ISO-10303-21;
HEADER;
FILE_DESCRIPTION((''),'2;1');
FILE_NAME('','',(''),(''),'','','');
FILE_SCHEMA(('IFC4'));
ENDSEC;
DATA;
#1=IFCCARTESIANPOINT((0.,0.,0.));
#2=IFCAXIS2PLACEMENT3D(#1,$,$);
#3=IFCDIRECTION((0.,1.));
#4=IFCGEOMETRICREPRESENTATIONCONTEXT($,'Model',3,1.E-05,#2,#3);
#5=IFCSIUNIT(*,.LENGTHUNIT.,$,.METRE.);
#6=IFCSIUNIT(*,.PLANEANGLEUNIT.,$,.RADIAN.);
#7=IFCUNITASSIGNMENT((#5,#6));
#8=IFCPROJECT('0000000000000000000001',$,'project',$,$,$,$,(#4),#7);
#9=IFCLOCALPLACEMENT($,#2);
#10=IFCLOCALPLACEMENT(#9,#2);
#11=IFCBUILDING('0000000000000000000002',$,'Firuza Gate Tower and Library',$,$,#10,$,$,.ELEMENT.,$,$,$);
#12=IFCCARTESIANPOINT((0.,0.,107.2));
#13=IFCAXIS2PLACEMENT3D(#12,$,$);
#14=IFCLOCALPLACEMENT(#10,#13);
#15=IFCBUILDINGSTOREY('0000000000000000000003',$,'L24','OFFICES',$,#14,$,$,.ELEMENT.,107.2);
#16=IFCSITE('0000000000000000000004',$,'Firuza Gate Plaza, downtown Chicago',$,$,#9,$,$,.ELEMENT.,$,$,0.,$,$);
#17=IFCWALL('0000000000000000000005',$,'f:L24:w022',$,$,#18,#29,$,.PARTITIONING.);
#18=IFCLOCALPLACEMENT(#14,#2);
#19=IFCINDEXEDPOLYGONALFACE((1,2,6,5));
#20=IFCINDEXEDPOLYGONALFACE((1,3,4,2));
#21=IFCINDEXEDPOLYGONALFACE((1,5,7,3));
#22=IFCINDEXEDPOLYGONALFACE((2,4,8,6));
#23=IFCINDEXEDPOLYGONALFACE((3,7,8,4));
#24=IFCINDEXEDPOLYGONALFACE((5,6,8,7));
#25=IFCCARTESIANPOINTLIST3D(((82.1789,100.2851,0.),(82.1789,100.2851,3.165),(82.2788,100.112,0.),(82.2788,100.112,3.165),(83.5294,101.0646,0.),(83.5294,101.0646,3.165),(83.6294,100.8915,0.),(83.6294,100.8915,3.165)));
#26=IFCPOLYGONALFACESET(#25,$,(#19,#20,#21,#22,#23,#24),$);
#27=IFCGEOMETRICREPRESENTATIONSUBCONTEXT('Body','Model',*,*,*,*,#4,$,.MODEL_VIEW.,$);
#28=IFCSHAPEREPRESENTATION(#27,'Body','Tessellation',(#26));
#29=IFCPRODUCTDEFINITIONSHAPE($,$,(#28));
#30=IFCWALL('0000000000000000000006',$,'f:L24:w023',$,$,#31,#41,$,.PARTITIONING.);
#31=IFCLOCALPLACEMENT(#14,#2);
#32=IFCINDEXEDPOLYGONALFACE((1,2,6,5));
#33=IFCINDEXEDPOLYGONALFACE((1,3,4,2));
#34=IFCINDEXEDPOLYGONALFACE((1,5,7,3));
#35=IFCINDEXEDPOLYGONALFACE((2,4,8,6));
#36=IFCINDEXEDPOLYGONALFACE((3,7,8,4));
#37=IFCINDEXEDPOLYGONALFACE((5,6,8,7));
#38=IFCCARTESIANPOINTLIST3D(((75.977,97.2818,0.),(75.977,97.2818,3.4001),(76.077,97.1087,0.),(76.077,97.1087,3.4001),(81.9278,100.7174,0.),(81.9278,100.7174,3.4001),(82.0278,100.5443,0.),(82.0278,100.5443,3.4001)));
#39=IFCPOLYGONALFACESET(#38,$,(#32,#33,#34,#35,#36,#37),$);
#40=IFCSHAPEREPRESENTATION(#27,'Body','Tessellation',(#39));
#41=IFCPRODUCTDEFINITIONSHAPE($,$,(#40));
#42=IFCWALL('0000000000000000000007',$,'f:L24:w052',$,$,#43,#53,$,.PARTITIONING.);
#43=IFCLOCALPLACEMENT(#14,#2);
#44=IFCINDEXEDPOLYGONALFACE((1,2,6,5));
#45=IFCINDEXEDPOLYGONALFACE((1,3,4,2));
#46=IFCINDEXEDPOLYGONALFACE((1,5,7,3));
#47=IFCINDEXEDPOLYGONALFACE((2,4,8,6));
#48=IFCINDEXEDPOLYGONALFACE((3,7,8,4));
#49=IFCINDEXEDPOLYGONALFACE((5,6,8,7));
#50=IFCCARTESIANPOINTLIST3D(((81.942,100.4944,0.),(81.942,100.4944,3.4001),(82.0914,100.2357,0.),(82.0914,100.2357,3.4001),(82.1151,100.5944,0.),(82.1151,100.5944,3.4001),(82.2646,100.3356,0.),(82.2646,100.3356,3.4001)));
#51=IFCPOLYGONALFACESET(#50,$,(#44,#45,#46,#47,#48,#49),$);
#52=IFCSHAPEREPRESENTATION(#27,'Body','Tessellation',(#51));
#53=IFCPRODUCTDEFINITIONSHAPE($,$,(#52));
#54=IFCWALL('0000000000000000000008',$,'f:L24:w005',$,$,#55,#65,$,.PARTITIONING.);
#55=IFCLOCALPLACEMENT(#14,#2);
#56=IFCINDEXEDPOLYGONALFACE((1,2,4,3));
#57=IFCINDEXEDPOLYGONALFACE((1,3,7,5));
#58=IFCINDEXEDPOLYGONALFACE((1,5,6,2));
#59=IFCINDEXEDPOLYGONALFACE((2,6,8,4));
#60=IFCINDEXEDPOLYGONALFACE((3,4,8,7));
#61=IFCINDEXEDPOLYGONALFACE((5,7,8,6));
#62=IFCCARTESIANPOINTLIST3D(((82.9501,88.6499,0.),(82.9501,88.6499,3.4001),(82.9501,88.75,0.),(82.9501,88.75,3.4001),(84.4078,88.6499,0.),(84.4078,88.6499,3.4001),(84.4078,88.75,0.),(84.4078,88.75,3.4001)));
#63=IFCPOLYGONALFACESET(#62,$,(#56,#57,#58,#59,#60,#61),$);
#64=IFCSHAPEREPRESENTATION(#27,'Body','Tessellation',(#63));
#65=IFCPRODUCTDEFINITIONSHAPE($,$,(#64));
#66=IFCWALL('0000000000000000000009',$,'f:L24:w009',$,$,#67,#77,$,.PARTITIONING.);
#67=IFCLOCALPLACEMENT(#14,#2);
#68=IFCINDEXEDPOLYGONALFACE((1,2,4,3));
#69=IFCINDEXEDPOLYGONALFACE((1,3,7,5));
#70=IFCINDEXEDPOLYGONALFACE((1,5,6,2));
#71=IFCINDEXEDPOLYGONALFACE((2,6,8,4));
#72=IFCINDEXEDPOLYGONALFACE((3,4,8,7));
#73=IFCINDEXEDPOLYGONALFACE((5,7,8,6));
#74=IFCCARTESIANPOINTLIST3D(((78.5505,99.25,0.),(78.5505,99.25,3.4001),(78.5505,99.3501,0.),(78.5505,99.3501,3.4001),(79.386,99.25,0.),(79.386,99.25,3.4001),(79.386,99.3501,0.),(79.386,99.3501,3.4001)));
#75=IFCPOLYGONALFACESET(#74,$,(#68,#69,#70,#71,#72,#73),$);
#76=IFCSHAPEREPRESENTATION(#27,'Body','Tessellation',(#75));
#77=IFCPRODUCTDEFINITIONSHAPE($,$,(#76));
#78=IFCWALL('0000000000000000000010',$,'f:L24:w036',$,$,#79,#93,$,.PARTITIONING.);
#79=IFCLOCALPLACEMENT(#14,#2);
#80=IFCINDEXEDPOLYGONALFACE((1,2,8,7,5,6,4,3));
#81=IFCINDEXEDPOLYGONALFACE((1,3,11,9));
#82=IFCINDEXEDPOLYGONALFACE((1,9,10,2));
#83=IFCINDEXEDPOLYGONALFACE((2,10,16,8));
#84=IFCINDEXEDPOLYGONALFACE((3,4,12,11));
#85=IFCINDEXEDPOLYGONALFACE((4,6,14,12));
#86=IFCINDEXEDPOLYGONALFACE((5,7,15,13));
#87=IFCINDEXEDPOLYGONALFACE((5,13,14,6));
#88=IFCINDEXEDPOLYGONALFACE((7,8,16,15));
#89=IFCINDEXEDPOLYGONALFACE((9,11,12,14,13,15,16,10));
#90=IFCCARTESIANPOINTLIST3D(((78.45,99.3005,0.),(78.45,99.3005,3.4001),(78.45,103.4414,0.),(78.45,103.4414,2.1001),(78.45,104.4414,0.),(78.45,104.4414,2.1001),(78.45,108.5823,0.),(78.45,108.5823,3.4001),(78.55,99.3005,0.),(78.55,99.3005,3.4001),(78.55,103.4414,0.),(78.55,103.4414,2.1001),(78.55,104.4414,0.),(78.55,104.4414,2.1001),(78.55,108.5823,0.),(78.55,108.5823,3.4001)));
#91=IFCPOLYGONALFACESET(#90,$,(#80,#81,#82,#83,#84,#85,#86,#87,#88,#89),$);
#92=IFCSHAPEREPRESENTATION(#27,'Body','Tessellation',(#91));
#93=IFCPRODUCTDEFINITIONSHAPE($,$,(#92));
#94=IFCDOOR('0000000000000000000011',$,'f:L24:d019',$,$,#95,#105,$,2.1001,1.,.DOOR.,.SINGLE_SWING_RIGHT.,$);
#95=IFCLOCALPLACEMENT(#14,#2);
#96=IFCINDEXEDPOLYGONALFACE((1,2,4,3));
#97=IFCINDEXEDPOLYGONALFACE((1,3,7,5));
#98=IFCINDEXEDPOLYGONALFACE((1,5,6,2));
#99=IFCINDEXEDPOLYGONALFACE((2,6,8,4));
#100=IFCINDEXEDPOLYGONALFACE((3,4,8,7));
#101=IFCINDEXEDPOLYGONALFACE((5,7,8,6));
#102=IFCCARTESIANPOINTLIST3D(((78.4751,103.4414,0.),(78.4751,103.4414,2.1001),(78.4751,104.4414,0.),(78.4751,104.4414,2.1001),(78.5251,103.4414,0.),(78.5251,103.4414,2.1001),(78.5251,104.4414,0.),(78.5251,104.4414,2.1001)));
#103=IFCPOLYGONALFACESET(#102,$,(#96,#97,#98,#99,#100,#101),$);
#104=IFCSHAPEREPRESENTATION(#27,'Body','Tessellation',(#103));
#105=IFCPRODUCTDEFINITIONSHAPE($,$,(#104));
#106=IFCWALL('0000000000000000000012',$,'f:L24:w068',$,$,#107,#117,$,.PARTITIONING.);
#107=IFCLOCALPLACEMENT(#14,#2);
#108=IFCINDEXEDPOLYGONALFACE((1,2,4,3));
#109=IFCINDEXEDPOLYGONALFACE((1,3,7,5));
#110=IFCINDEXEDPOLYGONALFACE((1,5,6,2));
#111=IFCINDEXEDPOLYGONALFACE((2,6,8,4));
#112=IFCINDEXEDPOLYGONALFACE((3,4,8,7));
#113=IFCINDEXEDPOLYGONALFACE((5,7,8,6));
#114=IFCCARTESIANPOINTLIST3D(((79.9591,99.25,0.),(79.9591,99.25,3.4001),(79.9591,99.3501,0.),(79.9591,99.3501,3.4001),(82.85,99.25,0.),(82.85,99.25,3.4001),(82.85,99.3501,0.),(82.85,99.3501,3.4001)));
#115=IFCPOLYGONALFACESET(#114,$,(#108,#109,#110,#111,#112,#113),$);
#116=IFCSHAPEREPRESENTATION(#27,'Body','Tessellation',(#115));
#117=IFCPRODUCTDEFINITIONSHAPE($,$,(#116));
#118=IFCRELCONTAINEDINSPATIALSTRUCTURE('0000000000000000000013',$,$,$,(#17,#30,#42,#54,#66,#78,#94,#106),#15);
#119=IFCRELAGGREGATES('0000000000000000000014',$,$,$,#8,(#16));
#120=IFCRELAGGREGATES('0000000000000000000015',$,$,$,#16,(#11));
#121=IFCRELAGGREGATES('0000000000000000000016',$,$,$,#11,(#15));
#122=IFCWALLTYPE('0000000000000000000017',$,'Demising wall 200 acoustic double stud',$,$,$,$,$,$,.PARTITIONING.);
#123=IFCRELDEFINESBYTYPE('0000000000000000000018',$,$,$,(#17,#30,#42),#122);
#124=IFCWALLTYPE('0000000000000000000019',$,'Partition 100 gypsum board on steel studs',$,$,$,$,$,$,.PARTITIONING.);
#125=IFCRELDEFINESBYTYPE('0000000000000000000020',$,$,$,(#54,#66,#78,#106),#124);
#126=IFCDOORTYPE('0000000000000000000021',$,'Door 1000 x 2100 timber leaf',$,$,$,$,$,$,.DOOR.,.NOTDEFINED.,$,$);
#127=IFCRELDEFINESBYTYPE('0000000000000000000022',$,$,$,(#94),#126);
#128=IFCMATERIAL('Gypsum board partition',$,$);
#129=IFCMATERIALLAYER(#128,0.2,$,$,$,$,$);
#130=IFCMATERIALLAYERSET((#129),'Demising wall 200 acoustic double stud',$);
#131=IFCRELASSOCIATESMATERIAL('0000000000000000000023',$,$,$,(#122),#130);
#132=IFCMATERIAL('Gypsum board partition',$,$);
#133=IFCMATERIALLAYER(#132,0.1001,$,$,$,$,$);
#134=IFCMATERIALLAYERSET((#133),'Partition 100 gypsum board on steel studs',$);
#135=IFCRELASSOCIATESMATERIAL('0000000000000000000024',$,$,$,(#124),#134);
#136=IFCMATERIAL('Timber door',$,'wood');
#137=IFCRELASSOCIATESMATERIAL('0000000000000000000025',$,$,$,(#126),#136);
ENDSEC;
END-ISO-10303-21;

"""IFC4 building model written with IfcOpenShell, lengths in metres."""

from ifc_helpers import new_model, si_unit, direction, frame, frame_2d, origin, place, context, subcontext, project, spatial, rectangle, extrude, material, layer, layer_set, type_object, element, fill, save


model = new_model("IFC4")

# Units and contexts
model_context = context("Model", 3, precision=1e-05, world=origin(), true_north=direction((0.0, 1.0)))
body_context = subcontext(model_context, "Body", "Model", "MODEL_VIEW")
ifc_project = project(units=[si_unit("LENGTHUNIT", "METRE"), si_unit("PLANEANGLEUNIT", "RADIAN")], contexts=[model_context])

# Site, building, storey
site_placement = place(None, origin())
site = spatial("IfcSite", under=ifc_project, at=site_placement, Name="Firuza Gate Plaza, downtown Chicago", CompositionType="ELEMENT", RefElevation=0.0)
building_placement = place(site_placement, origin())
building = spatial("IfcBuilding", under=site, at=building_placement, Name="Firuza Gate Tower and Library", CompositionType="ELEMENT")
storey_placement = place(building_placement, frame((0.0, 0.0, 107.2)))
storey = spatial("IfcBuildingStorey", under=building, at=storey_placement, Name="L24", Description="OFFICES", CompositionType="ELEMENT", Elevation=107.2)

# Walls
ifc_material_1 = material(Name="Gypsum board partition")
ifc_layer_1 = layer(ifc_material_1, 0.2)
ifc_layer_set_1 = layer_set([ifc_layer_1], Name="Demising wall 200 acoustic double stud")
wall_type_1 = type_object("IfcWallType", Name="Demising wall 200 acoustic double stud", PredefinedType="PARTITIONING", material=ifc_layer_set_1)
wall_1_placement = place(storey_placement, frame((82.2288, 100.1985, 0.0), z_axis=(0.0, 0.0, 1.0), x_axis=(0.866087, 0.499894, 0.0)))
element("IfcWall", 1, at=wall_1_placement, inside=storey, type_object=wall_type_1, Name="f:L24:w022", PredefinedType="PARTITIONING", context=body_context, shape_type="SweptSolid", body=[
    extrude(rectangle(XDim=1.5593, YDim=0.2, at=frame_2d((0.7798, 0.0))), origin(), (0.0, 0.0, 1.0), 3.165),
])
wall_2_placement = place(storey_placement, frame((76.0271, 97.1953, 0.0), z_axis=(0.0, 0.0, 1.0), x_axis=(0.866031, 0.499991, 0.0)))
element("IfcWall", 2, at=wall_2_placement, inside=storey, type_object=wall_type_1, Name="f:L24:w023", PredefinedType="PARTITIONING", context=body_context, shape_type="SweptSolid", body=[
    extrude(rectangle(XDim=6.8713, YDim=0.2, at=frame_2d((3.4355, 0.0))), origin(), (0.0, 0.0, 1.0), 3.4001),
])
wall_3_placement = place(storey_placement, frame((82.178, 100.2856, 0.0), z_axis=(0.0, 0.0, 1.0), x_axis=(-0.500005, 0.866022, 0.0)))
element("IfcWall", 3, at=wall_3_placement, inside=storey, type_object=wall_type_1, Name="f:L24:w052", PredefinedType="PARTITIONING", context=body_context, shape_type="SweptSolid", body=[
    extrude(rectangle(XDim=0.2988, YDim=0.2, at=frame_2d((0.1494, 0.0))), origin(), (0.0, 0.0, 1.0), 3.4001),
])
ifc_material_2 = material(Name="Gypsum board partition")
ifc_layer_2 = layer(ifc_material_2, 0.1001)
ifc_layer_set_2 = layer_set([ifc_layer_2], Name="Partition 100 gypsum board on steel studs")
wall_type_2 = type_object("IfcWallType", Name="Partition 100 gypsum board on steel studs", PredefinedType="PARTITIONING", material=ifc_layer_set_2)
wall_4_placement = place(storey_placement, frame((82.95, 88.7, 0.0), z_axis=(0.0, 0.0, 1.0), x_axis=(1.0, 0.0, 0.0)))
element("IfcWall", 4, at=wall_4_placement, inside=storey, type_object=wall_type_2, Name="f:L24:w005", PredefinedType="PARTITIONING", context=body_context, shape_type="SweptSolid", body=[
    extrude(rectangle(XDim=1.4578, YDim=0.1001, at=frame_2d((0.729, 0.0))), origin(), (0.0, 0.0, 1.0), 3.4001),
])
wall_5_placement = place(storey_placement, frame((78.5505, 99.3, 0.0), z_axis=(0.0, 0.0, 1.0), x_axis=(1.0, 0.0, 0.0)))
element("IfcWall", 5, at=wall_5_placement, inside=storey, type_object=wall_type_2, Name="f:L24:w009", PredefinedType="PARTITIONING", context=body_context, shape_type="SweptSolid", body=[
    extrude(rectangle(XDim=0.8354, YDim=0.1001, at=frame_2d((0.4177, 0.0))), origin(), (0.0, 0.0, 1.0), 3.4001),
])

# Wall, opening, door
wall_6_placement = place(storey_placement, frame((78.5, 99.3005, 0.0), z_axis=(0.0, 0.0, 1.0), x_axis=(0.0, 1.0, 0.0)))
wall_6 = element("IfcWall", 6, at=wall_6_placement, inside=storey, type_object=wall_type_2, Name="f:L24:w036", PredefinedType="PARTITIONING", context=body_context, shape_type="SweptSolid", body=[
    extrude(rectangle(XDim=9.2817, YDim=0.1001, at=frame_2d((4.6409, 0.0))), origin(), (0.0, 0.0, 1.0), 3.4001),
])
opening_1_placement = place(wall_6_placement, frame((4.1409, 0.0, 0.0)))
opening_1 = element("IfcOpeningElement", 7, at=opening_1_placement, cuts=wall_6, PredefinedType="OPENING", context=body_context, shape_type="SweptSolid", body=[
    extrude(rectangle(XDim=1.0, YDim=2.1001, at=frame_2d((0.5, 1.05))), frame((0.0, 0.0601, 0.0), z_axis=(0.0, -1.0, 0.0), x_axis=(1.0, 0.0, 0.0)), (0.0, 0.0, 1.0), 0.1201),
])
ifc_material_3 = material(Name="Timber door", Category="wood")
door_type_1 = type_object("IfcDoorType", Name="Door 1000 x 2100 timber leaf", OperationType="NOTDEFINED", PredefinedType="DOOR", material=ifc_material_3)
door_1_placement = place(opening_1_placement, origin())
door_1 = element("IfcDoor", 8, at=door_1_placement, inside=storey, type_object=door_type_1, Name="f:L24:d019", OperationType="SINGLE_SWING_RIGHT", OverallHeight=2.1001, OverallWidth=1.0, PredefinedType="DOOR", context=body_context, shape_type="SweptSolid", body=[
    extrude(rectangle(XDim=1.0, YDim=2.1001, at=frame_2d((0.5, 1.05))), frame((0.0, 0.0249, 0.0), z_axis=(0.0, -1.0, 0.0), x_axis=(1.0, 0.0, 0.0)), (0.0, 0.0, 1.0), 0.05),
])
fill(opening_1, door_1)

# Wall
wall_7_placement = place(storey_placement, frame((79.9592, 99.3, 0.0), z_axis=(0.0, 0.0, 1.0), x_axis=(1.0, 0.0, 0.0)))
element("IfcWall", 9, at=wall_7_placement, inside=storey, type_object=wall_type_2, Name="f:L24:w068", PredefinedType="PARTITIONING", context=body_context, shape_type="SweptSolid", body=[
    extrude(rectangle(XDim=2.8909, YDim=0.1001, at=frame_2d((1.4453, 0.0))), origin(), (0.0, 0.0, 1.0), 3.4001),
])

save(model, "model.ifc")
